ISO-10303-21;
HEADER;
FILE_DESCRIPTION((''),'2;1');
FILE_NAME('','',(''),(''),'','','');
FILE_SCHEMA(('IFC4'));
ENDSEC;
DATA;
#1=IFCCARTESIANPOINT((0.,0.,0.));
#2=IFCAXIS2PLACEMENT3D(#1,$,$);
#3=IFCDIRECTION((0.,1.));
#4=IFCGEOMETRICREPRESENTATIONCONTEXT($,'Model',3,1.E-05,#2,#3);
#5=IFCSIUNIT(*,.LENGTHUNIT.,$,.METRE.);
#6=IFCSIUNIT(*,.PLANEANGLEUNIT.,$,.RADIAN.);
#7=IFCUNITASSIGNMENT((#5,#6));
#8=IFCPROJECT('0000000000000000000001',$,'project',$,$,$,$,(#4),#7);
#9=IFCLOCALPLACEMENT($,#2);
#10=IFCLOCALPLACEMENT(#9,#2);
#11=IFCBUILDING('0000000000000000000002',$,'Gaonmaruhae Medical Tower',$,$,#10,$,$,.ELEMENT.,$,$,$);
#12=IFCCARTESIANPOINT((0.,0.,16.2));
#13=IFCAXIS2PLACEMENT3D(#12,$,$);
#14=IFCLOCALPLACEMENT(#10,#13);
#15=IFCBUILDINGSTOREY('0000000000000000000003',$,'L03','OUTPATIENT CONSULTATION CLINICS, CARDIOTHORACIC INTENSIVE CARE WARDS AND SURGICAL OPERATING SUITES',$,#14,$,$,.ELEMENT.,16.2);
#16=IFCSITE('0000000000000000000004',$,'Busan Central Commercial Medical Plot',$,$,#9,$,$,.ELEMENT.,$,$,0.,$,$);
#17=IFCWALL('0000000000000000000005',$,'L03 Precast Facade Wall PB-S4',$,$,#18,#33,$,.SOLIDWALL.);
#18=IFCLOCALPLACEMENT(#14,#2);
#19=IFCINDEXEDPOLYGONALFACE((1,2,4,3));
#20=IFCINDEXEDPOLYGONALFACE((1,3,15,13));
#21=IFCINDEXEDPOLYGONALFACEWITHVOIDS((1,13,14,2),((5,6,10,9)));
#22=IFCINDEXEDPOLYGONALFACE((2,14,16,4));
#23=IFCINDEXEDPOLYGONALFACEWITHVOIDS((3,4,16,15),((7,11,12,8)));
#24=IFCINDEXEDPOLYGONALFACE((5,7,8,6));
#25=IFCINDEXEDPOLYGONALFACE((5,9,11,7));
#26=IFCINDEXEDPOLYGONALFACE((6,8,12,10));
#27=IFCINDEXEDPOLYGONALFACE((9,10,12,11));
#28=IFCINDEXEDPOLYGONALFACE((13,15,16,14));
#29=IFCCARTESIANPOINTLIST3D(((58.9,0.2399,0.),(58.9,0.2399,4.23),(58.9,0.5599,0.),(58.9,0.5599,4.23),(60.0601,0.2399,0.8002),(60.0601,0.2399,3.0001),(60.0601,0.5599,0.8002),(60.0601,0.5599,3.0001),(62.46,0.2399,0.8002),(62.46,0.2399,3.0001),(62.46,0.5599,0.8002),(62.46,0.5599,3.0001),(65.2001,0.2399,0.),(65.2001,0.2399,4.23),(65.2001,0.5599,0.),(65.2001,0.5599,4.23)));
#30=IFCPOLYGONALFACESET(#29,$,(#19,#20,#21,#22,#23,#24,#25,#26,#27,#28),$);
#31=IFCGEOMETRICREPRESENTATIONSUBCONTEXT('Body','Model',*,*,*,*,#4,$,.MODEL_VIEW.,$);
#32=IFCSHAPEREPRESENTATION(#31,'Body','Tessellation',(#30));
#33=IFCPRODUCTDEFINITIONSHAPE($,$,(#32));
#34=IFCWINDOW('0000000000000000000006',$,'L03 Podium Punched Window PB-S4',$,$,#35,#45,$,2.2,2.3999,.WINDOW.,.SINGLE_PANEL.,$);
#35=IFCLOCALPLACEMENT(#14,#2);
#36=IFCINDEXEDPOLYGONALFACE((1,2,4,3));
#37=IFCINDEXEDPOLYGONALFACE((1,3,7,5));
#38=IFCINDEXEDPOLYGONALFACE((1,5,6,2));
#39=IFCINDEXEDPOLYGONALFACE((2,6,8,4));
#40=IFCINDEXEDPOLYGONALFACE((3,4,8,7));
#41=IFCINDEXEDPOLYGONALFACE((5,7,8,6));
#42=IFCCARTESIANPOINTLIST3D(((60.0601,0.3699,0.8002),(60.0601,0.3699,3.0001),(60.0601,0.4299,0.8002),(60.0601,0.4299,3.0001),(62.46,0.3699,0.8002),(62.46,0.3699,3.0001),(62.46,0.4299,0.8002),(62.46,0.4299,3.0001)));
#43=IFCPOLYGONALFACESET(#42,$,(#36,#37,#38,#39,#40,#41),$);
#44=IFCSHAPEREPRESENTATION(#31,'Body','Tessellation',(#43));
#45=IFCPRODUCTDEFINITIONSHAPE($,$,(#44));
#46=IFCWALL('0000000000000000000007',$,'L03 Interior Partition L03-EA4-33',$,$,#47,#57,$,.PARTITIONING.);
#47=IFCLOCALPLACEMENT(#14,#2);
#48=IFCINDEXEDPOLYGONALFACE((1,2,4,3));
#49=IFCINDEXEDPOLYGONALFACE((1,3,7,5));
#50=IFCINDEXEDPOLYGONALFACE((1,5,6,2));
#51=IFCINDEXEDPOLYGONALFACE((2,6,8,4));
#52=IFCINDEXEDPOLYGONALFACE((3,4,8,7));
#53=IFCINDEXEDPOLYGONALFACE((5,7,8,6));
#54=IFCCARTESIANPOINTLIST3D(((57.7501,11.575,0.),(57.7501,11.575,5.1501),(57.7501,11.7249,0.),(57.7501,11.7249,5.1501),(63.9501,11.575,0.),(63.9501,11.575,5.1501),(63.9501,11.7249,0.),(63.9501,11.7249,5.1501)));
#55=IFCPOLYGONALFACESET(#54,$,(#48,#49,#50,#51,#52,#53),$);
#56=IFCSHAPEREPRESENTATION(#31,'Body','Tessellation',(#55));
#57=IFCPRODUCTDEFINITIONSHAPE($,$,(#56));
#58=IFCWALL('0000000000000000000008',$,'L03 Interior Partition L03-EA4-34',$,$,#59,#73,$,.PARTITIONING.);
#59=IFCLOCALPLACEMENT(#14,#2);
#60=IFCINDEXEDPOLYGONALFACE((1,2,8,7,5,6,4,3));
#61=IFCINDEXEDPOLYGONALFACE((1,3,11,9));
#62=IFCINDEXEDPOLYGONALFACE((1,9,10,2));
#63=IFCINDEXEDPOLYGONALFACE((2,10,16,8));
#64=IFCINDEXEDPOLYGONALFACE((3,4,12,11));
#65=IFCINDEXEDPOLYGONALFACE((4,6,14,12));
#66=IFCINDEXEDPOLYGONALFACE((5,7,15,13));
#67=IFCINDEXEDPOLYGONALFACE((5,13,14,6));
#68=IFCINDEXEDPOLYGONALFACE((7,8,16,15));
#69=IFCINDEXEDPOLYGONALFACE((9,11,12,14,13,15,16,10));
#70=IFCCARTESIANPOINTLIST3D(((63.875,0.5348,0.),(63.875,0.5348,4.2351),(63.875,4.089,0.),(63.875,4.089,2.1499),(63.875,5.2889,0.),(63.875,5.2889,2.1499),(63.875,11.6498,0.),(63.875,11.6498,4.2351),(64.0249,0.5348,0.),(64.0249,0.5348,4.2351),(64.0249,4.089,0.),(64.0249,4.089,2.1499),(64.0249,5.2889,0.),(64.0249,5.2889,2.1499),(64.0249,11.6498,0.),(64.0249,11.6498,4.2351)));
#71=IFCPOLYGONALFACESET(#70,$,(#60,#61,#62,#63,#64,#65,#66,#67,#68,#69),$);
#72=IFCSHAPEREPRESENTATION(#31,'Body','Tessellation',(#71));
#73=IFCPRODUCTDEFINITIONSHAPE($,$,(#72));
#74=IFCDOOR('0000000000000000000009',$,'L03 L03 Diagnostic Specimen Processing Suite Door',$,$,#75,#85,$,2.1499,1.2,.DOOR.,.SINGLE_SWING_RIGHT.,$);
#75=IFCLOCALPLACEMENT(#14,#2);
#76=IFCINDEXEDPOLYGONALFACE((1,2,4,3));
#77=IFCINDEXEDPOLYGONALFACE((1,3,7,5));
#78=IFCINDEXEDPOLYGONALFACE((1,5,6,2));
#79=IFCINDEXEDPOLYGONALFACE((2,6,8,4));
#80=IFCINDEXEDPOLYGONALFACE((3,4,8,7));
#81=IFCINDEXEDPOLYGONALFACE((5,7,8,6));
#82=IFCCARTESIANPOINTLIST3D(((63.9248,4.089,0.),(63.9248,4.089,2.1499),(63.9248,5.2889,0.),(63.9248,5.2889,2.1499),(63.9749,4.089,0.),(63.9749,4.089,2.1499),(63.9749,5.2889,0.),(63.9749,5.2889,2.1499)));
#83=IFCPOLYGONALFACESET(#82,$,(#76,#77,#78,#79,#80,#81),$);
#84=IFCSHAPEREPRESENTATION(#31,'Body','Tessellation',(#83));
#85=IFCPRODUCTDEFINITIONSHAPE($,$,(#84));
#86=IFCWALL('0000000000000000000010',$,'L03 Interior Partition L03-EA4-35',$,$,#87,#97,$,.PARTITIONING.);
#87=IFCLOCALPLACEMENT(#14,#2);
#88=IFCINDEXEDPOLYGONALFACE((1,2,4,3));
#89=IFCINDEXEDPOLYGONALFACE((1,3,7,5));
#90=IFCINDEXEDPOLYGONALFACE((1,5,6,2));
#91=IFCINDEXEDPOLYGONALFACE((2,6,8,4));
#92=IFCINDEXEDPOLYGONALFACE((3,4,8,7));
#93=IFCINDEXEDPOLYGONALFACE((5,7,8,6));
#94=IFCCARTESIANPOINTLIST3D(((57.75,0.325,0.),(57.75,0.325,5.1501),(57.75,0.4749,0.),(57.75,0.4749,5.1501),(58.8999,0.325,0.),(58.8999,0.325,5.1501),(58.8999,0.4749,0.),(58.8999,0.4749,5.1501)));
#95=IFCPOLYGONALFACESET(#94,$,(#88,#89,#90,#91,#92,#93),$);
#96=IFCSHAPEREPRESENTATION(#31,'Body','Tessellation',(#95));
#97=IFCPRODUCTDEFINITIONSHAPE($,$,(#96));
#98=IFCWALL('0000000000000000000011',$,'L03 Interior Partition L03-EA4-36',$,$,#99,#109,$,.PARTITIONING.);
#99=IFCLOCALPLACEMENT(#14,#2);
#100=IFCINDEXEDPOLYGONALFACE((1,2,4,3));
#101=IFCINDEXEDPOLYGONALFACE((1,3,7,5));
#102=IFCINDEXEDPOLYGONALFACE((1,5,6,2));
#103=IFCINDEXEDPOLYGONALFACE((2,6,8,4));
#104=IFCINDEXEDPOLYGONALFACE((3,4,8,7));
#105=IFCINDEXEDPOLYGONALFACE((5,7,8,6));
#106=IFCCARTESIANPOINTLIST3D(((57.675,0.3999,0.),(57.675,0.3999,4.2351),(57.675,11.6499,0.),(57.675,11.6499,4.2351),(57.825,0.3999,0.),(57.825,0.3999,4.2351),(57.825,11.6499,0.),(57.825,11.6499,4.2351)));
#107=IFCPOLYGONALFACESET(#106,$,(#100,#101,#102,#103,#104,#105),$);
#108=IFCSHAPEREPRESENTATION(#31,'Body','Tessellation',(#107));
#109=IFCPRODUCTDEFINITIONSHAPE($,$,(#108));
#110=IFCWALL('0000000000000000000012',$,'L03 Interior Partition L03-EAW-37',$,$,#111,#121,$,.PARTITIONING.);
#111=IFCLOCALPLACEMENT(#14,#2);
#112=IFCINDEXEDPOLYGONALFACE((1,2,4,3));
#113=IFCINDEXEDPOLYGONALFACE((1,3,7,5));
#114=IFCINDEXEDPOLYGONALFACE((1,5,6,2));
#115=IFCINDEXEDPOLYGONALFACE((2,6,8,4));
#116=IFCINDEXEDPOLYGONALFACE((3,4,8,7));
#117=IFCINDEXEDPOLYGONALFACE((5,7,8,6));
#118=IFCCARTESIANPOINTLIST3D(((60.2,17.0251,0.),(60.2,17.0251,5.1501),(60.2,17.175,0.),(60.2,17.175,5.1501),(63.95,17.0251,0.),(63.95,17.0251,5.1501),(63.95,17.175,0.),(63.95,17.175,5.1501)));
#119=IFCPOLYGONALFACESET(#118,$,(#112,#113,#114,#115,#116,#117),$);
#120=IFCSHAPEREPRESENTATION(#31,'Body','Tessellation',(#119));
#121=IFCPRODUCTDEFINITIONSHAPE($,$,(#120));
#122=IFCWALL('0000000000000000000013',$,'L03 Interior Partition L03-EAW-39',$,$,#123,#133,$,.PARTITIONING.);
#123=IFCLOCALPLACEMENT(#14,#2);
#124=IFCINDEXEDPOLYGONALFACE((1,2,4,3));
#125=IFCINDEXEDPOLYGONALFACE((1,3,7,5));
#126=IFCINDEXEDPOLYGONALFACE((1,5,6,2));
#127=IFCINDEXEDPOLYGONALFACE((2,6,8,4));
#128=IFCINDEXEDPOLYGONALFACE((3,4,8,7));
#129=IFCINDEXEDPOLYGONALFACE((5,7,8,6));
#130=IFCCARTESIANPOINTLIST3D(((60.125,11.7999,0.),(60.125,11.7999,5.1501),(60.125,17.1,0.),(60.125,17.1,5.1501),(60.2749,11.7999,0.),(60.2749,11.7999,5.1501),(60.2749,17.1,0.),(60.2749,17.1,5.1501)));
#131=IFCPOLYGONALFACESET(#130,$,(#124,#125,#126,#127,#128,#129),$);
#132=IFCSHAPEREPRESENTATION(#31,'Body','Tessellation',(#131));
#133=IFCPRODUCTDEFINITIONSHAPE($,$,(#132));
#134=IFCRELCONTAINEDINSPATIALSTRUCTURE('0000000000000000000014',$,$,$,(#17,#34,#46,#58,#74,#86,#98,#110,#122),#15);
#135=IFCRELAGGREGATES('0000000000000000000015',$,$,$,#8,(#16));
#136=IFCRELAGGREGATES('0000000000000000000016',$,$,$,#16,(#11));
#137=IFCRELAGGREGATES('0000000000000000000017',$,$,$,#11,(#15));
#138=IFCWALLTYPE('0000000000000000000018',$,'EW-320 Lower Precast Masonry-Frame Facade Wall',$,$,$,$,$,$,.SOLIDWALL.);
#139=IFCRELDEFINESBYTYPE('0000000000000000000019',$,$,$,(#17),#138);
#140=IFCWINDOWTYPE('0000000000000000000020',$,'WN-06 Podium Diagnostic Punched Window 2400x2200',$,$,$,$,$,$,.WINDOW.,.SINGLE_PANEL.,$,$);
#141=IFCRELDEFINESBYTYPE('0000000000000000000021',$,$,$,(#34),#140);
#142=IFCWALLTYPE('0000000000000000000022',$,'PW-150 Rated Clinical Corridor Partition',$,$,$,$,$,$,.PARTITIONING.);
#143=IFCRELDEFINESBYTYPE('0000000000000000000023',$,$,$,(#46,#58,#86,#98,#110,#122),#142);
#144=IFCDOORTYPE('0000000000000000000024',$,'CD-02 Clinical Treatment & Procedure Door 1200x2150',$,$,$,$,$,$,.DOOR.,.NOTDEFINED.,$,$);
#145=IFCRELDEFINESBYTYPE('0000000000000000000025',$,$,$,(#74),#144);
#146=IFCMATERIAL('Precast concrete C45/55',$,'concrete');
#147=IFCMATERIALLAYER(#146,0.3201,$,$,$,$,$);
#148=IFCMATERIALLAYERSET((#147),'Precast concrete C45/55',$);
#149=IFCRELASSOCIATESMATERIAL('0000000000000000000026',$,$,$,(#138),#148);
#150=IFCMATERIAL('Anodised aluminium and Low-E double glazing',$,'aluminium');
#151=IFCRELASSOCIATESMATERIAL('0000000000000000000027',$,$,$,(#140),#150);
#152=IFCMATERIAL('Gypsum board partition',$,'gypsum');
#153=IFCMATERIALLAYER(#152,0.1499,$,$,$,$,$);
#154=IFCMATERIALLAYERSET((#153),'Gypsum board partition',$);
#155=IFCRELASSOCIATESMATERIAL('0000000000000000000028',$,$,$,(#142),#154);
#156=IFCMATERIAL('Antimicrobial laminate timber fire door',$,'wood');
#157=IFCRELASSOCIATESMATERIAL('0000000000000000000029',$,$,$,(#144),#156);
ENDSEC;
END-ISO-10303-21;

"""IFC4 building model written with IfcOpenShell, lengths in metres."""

from ifc_helpers import new_model, si_unit, direction, frame, frame_2d, origin, place, context, subcontext, project, spatial, rectangle, extrude, material, layer, layer_set, type_object, element, fill, save


model = new_model("IFC4")

# Units and contexts
model_context = context("Model", 3, precision=1e-05, world=origin(), true_north=direction((0.0, 1.0)))
body_context = subcontext(model_context, "Body", "Model", "MODEL_VIEW")
ifc_project = project(units=[si_unit("LENGTHUNIT", "METRE"), si_unit("PLANEANGLEUNIT", "RADIAN")], contexts=[model_context])

# Site, building, storey
site_placement = place(None, origin())
site = spatial("IfcSite", under=ifc_project, at=site_placement, Name="Busan Central Commercial Medical Plot", CompositionType="ELEMENT", RefElevation=0.0)
building_placement = place(site_placement, origin())
building = spatial("IfcBuilding", under=site, at=building_placement, Name="Gaonmaruhae Medical Tower", CompositionType="ELEMENT")
storey_placement = place(building_placement, frame((0.0, 0.0, 16.2)))
storey = spatial("IfcBuildingStorey", under=building, at=storey_placement, Name="L03", Description="OUTPATIENT CONSULTATION CLINICS, CARDIOTHORACIC INTENSIVE CARE WARDS AND SURGICAL OPERATING SUITES", CompositionType="ELEMENT", Elevation=16.2)

# Wall, opening, window
ifc_material_1 = material(Name="Precast concrete C45/55", Category="concrete")
ifc_layer_1 = layer(ifc_material_1, 0.3201)
ifc_layer_set_1 = layer_set([ifc_layer_1], Name="Precast concrete C45/55")
wall_type_1 = type_object("IfcWallType", Name="EW-320 Lower Precast Masonry-Frame Facade Wall", PredefinedType="SOLIDWALL", material=ifc_layer_set_1)
wall_1_placement = place(storey_placement, frame((65.2, 0.3999, 0.0), z_axis=(0.0, 0.0, 1.0), x_axis=(-1.0, 0.0, 0.0)))
wall_1 = element("IfcWall", 1, at=wall_1_placement, inside=storey, type_object=wall_type_1, Name="L03 Precast Facade Wall PB-S4", PredefinedType="SOLIDWALL", context=body_context, shape_type="SweptSolid", body=[
    extrude(rectangle(XDim=6.3, YDim=0.3201, at=frame_2d((3.1499, 0.0))), origin(), (0.0, 0.0, 1.0), 4.23),
])
opening_1_placement = place(wall_1_placement, frame((2.74, 0.0, 0.8)))
opening_1 = element("IfcOpeningElement", 2, at=opening_1_placement, cuts=wall_1, PredefinedType="OPENING", context=body_context, shape_type="SweptSolid", body=[
    extrude(rectangle(XDim=2.3999, YDim=2.2, at=frame_2d((1.2, 1.1001))), frame((0.0, 0.1699, 0.0), z_axis=(0.0, -1.0, 0.0), x_axis=(1.0, 0.0, 0.0)), (0.0, 0.0, 1.0), 0.3401),
])
ifc_material_2 = material(Name="Anodised aluminium and Low-E double glazing", Category="aluminium")
window_type = type_object("IfcWindowType", Name="WN-06 Podium Diagnostic Punched Window 2400x2200", PartitioningType="SINGLE_PANEL", PredefinedType="WINDOW", material=ifc_material_2)
window_placement = place(opening_1_placement, origin())
window = element("IfcWindow", 3, at=window_placement, inside=storey, type_object=window_type, Name="L03 Podium Punched Window PB-S4", OverallHeight=2.2, OverallWidth=2.3999, PartitioningType="SINGLE_PANEL", PredefinedType="WINDOW", context=body_context, shape_type="SweptSolid", body=[
    extrude(rectangle(XDim=2.3999, YDim=2.2, at=frame_2d((1.2, 1.1001))), frame((0.0, 0.03, 0.0), z_axis=(0.0, -1.0, 0.0), x_axis=(1.0, 0.0, 0.0)), (0.0, 0.0, 1.0), 0.0601),
])
fill(opening_1, window)

# Wall
ifc_material_3 = material(Name="Gypsum board partition", Category="gypsum")
ifc_layer_2 = layer(ifc_material_3, 0.1499)
ifc_layer_set_2 = layer_set([ifc_layer_2], Name="Gypsum board partition")
wall_type_2 = type_object("IfcWallType", Name="PW-150 Rated Clinical Corridor Partition", PredefinedType="PARTITIONING", material=ifc_layer_set_2)
wall_2_placement = place(storey_placement, frame((57.75, 11.6499, 0.0), z_axis=(0.0, 0.0, 1.0), x_axis=(1.0, 0.0, 0.0)))
element("IfcWall", 4, at=wall_2_placement, inside=storey, type_object=wall_type_2, Name="L03 Interior Partition L03-EA4-33", PredefinedType="PARTITIONING", context=body_context, shape_type="SweptSolid", body=[
    extrude(rectangle(XDim=6.2, YDim=0.1499, at=frame_2d((3.1001, 0.0))), origin(), (0.0, 0.0, 1.0), 5.1501),
])

# Wall, opening, door
wall_3_placement = place(storey_placement, frame((63.95, 11.6499, 0.0), z_axis=(0.0, 0.0, 1.0), x_axis=(0.0, -1.0, 0.0)))
wall_3 = element("IfcWall", 5, at=wall_3_placement, inside=storey, type_object=wall_type_2, Name="L03 Interior Partition L03-EA4-34", PredefinedType="PARTITIONING", context=body_context, shape_type="SweptSolid", body=[
    extrude(rectangle(XDim=11.115, YDim=0.1499, at=frame_2d((5.5576, 0.0))), origin(), (0.0, 0.0, 1.0), 4.2351),
])
opening_2_placement = place(wall_3_placement, frame((6.3608, 0.0, 0.0)))
opening_2 = element("IfcOpeningElement", 6, at=opening_2_placement, cuts=wall_3, PredefinedType="OPENING", context=body_context, shape_type="SweptSolid", body=[
    extrude(rectangle(XDim=1.2, YDim=2.1499, at=frame_2d((0.6001, 1.075))), frame((0.0, 0.085, 0.0), z_axis=(0.0, -1.0, 0.0), x_axis=(1.0, 0.0, 0.0)), (0.0, 0.0, 1.0), 0.1699),
])
ifc_material_4 = material(Name="Antimicrobial laminate timber fire door", Category="wood")
door_type = type_object("IfcDoorType", Name="CD-02 Clinical Treatment & Procedure Door 1200x2150", OperationType="NOTDEFINED", PredefinedType="DOOR", material=ifc_material_4)
door_placement = place(opening_2_placement, origin())
door = element("IfcDoor", 7, at=door_placement, inside=storey, type_object=door_type, Name="L03 L03 Diagnostic Specimen Processing Suite Door", OperationType="SINGLE_SWING_RIGHT", OverallHeight=2.1499, OverallWidth=1.2, PredefinedType="DOOR", context=body_context, shape_type="SweptSolid", body=[
    extrude(rectangle(XDim=1.2, YDim=2.1499, at=frame_2d((0.6001, 1.075))), frame((0.0, 0.0249, 0.0), z_axis=(0.0, -1.0, 0.0), x_axis=(1.0, 0.0, 0.0)), (0.0, 0.0, 1.0), 0.05),
])
fill(opening_2, door)

# Walls
wall_4_placement = place(storey_placement, frame((58.8999, 0.3999, 0.0), z_axis=(0.0, 0.0, 1.0), x_axis=(-1.0, 0.0, 0.0)))
element("IfcWall", 8, at=wall_4_placement, inside=storey, type_object=wall_type_2, Name="L03 Interior Partition L03-EA4-35", PredefinedType="PARTITIONING", context=body_context, shape_type="SweptSolid", body=[
    extrude(rectangle(XDim=1.1499, YDim=0.1499, at=frame_2d((0.575, 0.0))), origin(), (0.0, 0.0, 1.0), 5.1501),
])
wall_5_placement = place(storey_placement, frame((57.75, 0.3999, 0.0), z_axis=(0.0, 0.0, 1.0), x_axis=(0.0, 1.0, 0.0)))
element("IfcWall", 9, at=wall_5_placement, inside=storey, type_object=wall_type_2, Name="L03 Interior Partition L03-EA4-36", PredefinedType="PARTITIONING", context=body_context, shape_type="SweptSolid", body=[
    extrude(rectangle(XDim=11.25, YDim=0.1499, at=frame_2d((5.625, 0.0))), origin(), (0.0, 0.0, 1.0), 4.2351),
])
wall_6_placement = place(storey_placement, frame((60.2, 17.1001, 0.0), z_axis=(0.0, 0.0, 1.0), x_axis=(1.0, 0.0, 0.0)))
element("IfcWall", 10, at=wall_6_placement, inside=storey, type_object=wall_type_2, Name="L03 Interior Partition L03-EAW-37", PredefinedType="PARTITIONING", context=body_context, shape_type="SweptSolid", body=[
    extrude(rectangle(XDim=3.75, YDim=0.1499, at=frame_2d((1.875, 0.0))), origin(), (0.0, 0.0, 1.0), 5.1501),
])
wall_7_placement = place(storey_placement, frame((60.2, 11.8, 0.0), z_axis=(0.0, 0.0, 1.0), x_axis=(0.0, 1.0, 0.0)))
element("IfcWall", 11, at=wall_7_placement, inside=storey, type_object=wall_type_2, Name="L03 Interior Partition L03-EAW-39", PredefinedType="PARTITIONING", context=body_context, shape_type="SweptSolid", body=[
    extrude(rectangle(XDim=5.3, YDim=0.1499, at=frame_2d((2.6499, 0.0))), origin(), (0.0, 0.0, 1.0), 5.1501),
])

save(model, "model.ifc")
